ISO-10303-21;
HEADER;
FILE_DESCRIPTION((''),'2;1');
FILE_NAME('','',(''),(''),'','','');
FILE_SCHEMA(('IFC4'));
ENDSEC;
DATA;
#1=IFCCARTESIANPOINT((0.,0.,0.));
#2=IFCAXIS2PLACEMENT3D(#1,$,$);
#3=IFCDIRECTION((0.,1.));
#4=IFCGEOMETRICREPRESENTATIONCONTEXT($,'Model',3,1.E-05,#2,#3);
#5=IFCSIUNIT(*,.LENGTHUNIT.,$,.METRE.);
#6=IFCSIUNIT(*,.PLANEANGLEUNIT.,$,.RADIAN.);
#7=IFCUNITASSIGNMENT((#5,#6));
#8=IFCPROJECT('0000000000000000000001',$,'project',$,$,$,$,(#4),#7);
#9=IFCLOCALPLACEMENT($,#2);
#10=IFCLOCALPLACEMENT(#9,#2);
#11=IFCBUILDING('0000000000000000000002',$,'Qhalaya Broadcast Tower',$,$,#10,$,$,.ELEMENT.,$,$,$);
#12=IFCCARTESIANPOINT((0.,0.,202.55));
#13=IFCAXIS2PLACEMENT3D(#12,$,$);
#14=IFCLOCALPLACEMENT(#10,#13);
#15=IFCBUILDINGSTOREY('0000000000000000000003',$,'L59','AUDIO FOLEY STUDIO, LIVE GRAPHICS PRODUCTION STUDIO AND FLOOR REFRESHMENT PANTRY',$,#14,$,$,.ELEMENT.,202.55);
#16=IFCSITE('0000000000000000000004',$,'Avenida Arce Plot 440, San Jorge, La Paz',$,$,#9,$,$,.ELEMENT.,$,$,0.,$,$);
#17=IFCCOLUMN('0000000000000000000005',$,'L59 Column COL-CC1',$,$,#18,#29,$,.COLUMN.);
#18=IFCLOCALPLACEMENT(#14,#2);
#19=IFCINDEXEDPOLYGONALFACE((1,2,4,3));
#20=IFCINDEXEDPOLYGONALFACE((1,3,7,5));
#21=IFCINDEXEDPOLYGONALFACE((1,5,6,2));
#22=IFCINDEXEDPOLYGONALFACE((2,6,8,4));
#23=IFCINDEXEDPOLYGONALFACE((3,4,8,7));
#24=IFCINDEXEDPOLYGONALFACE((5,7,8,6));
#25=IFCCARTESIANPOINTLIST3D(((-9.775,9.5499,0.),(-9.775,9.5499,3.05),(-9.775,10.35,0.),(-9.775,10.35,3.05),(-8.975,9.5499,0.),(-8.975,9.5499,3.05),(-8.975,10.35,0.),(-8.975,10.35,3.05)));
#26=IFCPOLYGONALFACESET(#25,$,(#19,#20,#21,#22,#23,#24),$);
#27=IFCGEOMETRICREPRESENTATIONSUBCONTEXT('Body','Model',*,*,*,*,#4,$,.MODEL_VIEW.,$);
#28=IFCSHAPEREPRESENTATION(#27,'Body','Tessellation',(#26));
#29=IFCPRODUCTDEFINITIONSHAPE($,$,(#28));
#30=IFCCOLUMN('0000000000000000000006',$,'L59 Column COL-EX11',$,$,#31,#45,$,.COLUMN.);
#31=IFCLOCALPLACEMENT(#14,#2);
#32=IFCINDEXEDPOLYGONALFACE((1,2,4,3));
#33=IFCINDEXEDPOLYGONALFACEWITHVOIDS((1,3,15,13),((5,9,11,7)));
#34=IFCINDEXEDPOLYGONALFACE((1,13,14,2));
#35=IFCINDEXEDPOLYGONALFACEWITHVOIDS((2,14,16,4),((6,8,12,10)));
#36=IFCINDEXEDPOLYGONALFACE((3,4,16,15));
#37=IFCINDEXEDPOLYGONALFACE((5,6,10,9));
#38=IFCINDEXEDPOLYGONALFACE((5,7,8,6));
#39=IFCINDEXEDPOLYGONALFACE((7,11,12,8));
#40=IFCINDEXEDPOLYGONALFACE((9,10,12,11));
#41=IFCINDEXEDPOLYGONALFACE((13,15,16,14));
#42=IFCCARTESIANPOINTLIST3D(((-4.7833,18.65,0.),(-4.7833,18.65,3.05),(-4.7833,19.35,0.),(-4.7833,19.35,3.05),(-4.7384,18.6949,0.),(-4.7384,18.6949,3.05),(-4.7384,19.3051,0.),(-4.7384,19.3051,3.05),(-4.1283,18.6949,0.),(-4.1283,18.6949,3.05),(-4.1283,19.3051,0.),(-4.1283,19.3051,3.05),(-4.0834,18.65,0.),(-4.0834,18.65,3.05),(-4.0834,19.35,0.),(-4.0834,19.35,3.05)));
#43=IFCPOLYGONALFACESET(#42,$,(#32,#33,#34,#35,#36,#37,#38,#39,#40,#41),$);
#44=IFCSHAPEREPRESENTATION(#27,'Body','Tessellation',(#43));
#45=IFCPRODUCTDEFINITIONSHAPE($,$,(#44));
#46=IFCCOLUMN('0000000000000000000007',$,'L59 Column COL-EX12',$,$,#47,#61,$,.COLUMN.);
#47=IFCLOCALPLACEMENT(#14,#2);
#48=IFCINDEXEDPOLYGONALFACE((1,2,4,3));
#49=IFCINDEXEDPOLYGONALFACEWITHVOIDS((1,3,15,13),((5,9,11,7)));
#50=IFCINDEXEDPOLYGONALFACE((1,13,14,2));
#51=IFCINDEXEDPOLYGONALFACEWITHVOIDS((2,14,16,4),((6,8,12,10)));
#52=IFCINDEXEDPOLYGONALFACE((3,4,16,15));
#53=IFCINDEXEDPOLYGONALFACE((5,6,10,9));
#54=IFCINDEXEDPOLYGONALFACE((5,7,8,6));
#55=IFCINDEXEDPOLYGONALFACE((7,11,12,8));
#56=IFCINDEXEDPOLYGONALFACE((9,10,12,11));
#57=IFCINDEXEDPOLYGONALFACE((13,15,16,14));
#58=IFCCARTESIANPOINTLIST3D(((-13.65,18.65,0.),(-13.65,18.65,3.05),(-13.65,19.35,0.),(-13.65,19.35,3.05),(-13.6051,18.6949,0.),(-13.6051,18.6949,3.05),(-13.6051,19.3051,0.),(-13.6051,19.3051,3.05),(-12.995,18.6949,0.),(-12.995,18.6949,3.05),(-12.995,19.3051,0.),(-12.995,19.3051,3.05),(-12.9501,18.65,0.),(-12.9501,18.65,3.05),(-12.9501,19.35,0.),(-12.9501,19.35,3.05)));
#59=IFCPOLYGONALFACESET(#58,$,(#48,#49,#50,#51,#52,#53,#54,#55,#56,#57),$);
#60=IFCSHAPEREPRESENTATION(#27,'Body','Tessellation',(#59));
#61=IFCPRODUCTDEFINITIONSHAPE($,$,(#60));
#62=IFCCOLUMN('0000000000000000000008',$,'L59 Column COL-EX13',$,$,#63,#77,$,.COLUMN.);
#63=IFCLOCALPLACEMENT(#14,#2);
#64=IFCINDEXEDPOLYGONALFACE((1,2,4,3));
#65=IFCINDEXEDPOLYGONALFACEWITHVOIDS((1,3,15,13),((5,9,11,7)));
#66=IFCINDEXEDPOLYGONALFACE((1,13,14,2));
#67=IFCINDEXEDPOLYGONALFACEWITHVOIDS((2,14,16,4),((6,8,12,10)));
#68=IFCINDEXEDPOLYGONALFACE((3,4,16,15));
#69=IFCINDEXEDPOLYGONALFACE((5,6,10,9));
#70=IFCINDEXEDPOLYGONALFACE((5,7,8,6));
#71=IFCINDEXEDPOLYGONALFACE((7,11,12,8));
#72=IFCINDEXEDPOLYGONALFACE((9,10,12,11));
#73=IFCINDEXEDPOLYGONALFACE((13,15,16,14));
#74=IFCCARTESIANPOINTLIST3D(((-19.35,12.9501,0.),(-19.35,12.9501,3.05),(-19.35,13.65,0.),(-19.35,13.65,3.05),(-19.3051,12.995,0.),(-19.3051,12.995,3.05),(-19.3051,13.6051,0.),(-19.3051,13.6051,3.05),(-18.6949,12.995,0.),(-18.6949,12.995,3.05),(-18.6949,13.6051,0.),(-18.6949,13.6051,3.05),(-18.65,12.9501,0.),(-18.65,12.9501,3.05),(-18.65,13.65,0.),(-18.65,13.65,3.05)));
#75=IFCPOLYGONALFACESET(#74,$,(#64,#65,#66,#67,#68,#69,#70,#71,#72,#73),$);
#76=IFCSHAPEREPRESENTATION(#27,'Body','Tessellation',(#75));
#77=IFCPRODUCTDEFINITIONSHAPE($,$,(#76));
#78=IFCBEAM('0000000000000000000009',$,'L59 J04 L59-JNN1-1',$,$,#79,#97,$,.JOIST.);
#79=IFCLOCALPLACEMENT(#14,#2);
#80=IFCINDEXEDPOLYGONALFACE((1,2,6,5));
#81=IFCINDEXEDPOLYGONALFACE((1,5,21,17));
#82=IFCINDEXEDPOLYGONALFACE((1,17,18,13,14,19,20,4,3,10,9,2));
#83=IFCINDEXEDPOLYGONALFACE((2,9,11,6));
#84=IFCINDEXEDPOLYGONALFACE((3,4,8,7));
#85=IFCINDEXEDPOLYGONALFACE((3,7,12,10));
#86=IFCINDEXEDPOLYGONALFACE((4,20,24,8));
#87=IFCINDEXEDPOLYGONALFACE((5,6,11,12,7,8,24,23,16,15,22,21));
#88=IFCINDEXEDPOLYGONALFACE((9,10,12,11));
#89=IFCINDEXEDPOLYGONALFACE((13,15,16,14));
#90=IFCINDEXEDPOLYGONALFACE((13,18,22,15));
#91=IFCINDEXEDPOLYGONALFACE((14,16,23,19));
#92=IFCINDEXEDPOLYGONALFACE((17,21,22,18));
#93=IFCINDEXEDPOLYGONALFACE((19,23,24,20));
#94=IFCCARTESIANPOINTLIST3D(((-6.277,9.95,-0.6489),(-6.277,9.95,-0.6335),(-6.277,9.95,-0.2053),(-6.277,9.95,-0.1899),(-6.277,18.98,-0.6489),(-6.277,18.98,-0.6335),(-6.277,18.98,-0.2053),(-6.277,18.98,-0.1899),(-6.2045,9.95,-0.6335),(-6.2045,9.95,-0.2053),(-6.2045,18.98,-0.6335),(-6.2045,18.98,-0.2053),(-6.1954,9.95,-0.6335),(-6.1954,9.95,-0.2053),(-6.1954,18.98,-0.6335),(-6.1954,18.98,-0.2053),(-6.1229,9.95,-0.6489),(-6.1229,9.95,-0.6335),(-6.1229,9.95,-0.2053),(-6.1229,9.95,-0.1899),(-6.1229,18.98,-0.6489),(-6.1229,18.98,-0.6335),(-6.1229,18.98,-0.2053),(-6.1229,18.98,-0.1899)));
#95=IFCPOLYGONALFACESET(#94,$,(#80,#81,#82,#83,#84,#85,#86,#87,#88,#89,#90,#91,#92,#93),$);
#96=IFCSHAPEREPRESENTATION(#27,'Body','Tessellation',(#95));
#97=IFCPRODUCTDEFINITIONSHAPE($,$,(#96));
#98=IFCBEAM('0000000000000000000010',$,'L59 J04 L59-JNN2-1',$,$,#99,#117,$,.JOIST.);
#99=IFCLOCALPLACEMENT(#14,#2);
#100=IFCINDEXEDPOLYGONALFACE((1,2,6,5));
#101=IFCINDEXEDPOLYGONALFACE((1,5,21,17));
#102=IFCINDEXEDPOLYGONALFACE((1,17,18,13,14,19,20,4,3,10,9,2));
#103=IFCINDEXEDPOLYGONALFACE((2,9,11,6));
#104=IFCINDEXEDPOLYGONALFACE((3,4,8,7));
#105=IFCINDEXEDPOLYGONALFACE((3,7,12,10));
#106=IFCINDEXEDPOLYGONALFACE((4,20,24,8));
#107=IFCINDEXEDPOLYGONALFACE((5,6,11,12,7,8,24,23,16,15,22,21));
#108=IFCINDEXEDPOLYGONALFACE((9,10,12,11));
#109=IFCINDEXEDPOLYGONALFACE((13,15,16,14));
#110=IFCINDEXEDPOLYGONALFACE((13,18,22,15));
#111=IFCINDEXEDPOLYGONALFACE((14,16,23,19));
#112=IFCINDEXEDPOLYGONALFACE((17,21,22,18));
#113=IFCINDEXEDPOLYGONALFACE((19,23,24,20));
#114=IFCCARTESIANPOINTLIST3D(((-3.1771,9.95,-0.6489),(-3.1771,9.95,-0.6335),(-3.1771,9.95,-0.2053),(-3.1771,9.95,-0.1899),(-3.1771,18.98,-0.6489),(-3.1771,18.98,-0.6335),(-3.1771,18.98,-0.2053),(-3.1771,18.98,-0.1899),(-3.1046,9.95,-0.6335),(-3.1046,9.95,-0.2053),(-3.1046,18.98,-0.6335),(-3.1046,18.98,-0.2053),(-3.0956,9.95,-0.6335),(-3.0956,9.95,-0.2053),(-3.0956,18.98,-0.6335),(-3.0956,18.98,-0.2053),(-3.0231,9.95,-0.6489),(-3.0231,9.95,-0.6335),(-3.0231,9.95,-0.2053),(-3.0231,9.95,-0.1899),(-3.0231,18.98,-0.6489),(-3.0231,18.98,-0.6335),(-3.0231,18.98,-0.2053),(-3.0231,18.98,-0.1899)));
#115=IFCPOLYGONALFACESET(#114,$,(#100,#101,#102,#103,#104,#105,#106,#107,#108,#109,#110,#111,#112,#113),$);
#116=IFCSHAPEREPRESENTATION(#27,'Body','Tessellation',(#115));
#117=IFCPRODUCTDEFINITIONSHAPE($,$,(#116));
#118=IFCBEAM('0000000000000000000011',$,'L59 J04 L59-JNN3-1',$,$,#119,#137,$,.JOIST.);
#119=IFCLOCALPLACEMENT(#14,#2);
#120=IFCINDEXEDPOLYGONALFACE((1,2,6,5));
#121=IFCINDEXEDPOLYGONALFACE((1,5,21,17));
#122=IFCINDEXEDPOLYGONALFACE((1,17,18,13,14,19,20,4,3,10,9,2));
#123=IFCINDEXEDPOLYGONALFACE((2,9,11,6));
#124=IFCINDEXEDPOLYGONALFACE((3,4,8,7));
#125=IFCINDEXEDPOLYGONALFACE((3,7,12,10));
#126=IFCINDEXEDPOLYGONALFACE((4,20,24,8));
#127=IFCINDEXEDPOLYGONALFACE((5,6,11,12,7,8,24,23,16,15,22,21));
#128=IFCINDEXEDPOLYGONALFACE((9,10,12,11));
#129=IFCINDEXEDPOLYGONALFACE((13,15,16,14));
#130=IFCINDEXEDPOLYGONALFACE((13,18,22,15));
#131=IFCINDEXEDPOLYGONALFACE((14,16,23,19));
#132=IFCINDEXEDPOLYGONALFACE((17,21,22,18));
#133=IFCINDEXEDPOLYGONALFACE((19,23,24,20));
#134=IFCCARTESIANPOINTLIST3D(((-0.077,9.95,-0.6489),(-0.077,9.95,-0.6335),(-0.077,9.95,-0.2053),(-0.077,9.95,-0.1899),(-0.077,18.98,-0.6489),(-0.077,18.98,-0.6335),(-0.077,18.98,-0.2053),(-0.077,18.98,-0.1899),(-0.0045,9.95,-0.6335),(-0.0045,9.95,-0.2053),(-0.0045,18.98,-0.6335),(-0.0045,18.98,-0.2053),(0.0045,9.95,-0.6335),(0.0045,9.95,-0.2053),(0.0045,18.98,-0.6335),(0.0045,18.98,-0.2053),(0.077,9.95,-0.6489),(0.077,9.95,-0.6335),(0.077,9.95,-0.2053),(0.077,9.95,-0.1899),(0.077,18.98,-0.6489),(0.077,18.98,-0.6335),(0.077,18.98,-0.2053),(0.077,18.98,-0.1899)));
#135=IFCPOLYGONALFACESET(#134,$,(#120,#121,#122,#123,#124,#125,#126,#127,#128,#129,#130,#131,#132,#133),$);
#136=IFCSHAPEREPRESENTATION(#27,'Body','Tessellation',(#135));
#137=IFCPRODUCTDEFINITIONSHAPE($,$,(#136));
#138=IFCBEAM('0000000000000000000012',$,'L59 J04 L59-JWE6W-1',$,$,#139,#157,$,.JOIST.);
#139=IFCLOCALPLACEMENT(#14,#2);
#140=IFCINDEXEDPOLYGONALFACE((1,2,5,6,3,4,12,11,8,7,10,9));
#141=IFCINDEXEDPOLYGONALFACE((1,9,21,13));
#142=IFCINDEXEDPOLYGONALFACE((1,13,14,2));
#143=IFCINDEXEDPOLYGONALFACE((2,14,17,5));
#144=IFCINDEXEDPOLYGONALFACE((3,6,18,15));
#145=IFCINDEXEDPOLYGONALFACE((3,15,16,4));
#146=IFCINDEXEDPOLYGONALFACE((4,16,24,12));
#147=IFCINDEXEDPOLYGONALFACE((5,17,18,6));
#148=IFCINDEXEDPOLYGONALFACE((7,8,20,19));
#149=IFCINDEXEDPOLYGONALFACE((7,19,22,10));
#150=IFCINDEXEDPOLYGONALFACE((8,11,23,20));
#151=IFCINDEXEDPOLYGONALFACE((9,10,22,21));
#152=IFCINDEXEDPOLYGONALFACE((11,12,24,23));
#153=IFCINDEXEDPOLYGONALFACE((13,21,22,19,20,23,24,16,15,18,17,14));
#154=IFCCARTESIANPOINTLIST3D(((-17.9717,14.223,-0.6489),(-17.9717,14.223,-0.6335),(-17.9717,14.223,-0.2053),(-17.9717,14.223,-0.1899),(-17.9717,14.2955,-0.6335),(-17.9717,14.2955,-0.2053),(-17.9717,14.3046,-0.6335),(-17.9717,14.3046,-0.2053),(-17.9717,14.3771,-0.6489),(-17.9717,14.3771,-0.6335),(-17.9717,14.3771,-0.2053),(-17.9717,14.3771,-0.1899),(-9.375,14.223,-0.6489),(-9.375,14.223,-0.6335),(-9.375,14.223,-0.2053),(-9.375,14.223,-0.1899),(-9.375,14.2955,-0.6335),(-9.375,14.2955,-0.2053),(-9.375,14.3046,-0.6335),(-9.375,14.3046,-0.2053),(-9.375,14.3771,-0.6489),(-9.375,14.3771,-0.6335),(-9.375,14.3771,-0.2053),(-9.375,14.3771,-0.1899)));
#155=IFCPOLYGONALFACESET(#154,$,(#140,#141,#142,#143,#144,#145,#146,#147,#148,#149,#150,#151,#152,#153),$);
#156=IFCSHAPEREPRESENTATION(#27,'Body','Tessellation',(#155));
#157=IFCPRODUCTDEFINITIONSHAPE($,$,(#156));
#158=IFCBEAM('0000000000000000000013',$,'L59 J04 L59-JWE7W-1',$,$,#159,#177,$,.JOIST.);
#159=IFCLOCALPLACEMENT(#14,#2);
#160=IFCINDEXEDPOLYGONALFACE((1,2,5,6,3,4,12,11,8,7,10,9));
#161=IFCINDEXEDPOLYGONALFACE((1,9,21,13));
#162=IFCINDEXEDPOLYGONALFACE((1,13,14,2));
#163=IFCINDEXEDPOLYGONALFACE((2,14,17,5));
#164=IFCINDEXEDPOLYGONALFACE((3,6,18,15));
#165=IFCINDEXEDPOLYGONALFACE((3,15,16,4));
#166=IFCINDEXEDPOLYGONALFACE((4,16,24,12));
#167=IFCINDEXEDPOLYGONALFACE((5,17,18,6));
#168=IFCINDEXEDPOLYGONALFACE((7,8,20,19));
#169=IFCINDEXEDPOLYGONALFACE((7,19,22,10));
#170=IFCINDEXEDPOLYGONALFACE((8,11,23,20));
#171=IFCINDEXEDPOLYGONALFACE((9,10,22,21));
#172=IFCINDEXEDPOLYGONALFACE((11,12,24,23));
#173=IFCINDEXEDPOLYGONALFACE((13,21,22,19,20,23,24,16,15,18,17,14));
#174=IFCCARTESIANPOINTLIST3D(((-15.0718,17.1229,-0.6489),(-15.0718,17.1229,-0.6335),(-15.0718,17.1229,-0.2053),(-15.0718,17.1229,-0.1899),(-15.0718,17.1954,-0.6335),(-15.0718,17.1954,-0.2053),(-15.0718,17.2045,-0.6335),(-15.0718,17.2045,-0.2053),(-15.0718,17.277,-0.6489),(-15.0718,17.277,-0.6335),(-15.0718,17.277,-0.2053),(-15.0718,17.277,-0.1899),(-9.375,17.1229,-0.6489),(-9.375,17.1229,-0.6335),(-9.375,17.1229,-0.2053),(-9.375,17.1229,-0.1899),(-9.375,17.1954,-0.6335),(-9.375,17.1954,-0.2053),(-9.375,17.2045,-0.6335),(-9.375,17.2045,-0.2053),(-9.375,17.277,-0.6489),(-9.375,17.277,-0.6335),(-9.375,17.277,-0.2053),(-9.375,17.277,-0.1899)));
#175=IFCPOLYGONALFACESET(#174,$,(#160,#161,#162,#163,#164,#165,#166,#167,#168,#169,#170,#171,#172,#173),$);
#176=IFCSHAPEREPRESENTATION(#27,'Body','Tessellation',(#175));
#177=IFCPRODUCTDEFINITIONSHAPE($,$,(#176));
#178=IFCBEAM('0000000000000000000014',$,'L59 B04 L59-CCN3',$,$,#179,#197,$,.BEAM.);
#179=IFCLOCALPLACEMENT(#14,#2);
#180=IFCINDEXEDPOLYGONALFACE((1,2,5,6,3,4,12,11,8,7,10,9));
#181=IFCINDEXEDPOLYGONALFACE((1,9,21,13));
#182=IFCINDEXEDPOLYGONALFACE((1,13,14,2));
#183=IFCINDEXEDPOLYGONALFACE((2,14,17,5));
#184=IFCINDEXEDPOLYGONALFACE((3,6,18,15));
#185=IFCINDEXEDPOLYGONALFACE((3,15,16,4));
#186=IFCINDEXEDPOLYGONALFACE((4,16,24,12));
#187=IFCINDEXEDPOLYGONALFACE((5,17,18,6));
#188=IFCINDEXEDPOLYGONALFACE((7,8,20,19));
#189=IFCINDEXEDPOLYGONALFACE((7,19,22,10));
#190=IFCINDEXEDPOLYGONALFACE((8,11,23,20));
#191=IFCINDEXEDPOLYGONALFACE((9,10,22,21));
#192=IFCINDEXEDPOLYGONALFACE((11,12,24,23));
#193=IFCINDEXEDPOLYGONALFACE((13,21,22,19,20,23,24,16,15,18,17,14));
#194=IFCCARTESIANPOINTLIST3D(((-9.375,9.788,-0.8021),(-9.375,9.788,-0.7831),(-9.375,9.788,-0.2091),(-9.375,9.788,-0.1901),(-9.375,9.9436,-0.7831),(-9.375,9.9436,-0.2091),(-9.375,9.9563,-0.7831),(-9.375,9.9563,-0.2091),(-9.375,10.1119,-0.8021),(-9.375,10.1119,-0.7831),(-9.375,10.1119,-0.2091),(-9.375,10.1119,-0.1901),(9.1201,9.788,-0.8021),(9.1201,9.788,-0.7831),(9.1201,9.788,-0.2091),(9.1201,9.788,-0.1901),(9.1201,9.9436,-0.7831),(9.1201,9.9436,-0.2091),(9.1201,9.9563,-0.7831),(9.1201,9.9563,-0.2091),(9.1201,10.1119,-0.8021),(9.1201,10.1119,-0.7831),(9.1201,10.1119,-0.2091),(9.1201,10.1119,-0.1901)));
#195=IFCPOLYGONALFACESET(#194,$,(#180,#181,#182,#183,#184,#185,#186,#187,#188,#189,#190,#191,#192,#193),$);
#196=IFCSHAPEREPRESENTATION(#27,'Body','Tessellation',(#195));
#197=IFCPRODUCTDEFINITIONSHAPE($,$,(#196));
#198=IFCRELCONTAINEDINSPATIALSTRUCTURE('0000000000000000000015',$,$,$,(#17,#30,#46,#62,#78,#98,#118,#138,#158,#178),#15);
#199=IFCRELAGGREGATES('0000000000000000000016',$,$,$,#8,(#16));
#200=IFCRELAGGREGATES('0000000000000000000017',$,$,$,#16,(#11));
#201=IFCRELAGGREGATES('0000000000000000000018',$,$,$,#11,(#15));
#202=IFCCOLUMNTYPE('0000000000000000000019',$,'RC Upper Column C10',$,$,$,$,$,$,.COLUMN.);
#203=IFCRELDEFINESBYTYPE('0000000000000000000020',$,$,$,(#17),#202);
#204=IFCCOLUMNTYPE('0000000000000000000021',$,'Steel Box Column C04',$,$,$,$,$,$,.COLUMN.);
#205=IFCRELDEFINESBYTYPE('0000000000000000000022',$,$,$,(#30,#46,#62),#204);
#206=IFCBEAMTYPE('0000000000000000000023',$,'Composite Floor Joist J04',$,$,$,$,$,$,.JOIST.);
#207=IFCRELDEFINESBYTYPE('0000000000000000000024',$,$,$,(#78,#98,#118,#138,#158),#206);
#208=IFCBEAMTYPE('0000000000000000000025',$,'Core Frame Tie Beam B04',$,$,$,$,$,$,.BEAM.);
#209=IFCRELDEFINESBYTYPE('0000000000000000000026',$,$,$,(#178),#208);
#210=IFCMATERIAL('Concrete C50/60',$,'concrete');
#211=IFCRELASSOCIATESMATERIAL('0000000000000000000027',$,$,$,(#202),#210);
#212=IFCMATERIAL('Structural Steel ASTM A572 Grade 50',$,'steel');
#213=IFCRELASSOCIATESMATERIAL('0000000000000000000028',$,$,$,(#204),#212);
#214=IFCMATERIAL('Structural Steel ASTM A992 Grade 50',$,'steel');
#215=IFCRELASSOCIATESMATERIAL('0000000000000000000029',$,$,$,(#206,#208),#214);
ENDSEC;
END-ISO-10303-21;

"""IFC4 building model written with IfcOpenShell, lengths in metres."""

from ifc_helpers import new_model, si_unit, direction, frame, origin, origin_2d, place, context, subcontext, project, spatial, rectangle, hollow_rectangle, i_section, extrude, material, material_profile, profile_set, type_object, element, save


model = new_model("IFC4")

# Units and contexts
model_context = context("Model", 3, precision=1e-05, world=origin(), true_north=direction((0.0, 1.0)))
body_context = subcontext(model_context, "Body", "Model", "MODEL_VIEW")
ifc_project = project(units=[si_unit("LENGTHUNIT", "METRE"), si_unit("PLANEANGLEUNIT", "RADIAN")], contexts=[model_context])

# Site, building, storey
site_placement = place(None, origin())
site = spatial("IfcSite", under=ifc_project, at=site_placement, Name="Avenida Arce Plot 440, San Jorge, La Paz", CompositionType="ELEMENT", RefElevation=0.0)
building_placement = place(site_placement, origin())
building = spatial("IfcBuilding", under=site, at=building_placement, Name="Qhalaya Broadcast Tower", CompositionType="ELEMENT")
storey_placement = place(building_placement, frame((0.0, 0.0, 202.55)))
storey = spatial("IfcBuildingStorey", under=building, at=storey_placement, Name="L59", Description="AUDIO FOLEY STUDIO, LIVE GRAPHICS PRODUCTION STUDIO AND FLOOR REFRESHMENT PANTRY", CompositionType="ELEMENT", Elevation=202.55)

# Columns
ifc_material_1 = material(Name="Concrete C50/60", Category="concrete")
ifc_material_profile_1 = material_profile(ifc_material_1, rectangle(XDim=0.8, YDim=0.8, at=origin_2d()), Name="RC-COL 800x800")
ifc_profile_set_1 = profile_set([ifc_material_profile_1], Name="Concrete C50/60")
column_type_1 = type_object("IfcColumnType", Name="RC Upper Column C10", PredefinedType="COLUMN", material=ifc_profile_set_1)
column_placement = place(storey_placement, frame((-9.375, 9.95, 0.0), z_axis=(0.0, 0.0, 1.0), x_axis=(1.0, 0.0, 0.0)))
element("IfcColumn", 1, at=column_placement, inside=storey, type_object=column_type_1, Name="L59 Column COL-CC1", PredefinedType="COLUMN", context=body_context, shape_type="SweptSolid", body=[
    extrude(rectangle(XDim=0.8, YDim=0.8, at=origin_2d()), origin(), (0.0, 0.0, 1.0), 3.05),
])
ifc_material_2 = material(Name="Structural Steel ASTM A572 Grade 50", Category="steel")
ifc_material_profile_2 = material_profile(ifc_material_2, hollow_rectangle(XDim=0.7, YDim=0.7, WallThickness=0.0449, at=origin_2d()), Name="BOX 700x700x45")
ifc_profile_set_2 = profile_set([ifc_material_profile_2], Name="Structural Steel ASTM A572 Grade 50")
column_type_2 = type_object("IfcColumnType", Name="Steel Box Column C04", PredefinedType="COLUMN", material=ifc_profile_set_2)
for number, where, z_axis, x_axis, name in (
    (2, (-4.4333, 19.0, 0.0), (0.0, 0.0, 1.0), (1.0, 0.0, 0.0), "L59 Column COL-EX11"),
    (3, (-13.3, 19.0, 0.0), (0.0, 0.0, 1.0), (1.0, 0.0, 0.0), "L59 Column COL-EX12"),
    (4, (-19.0, 13.3, 0.0), (0.0, 0.0, 1.0), (0.0, 1.0, 0.0), "L59 Column COL-EX13"),
):
    element("IfcColumn", number, at=place(storey_placement, frame(where, z_axis=z_axis, x_axis=x_axis)), inside=storey, type_object=column_type_2, Name=name, PredefinedType="COLUMN", context=body_context, shape_type="SweptSolid", body=[
        extrude(hollow_rectangle(XDim=0.7, YDim=0.7, WallThickness=0.0449, at=origin_2d()), origin(), (0.0, 0.0, 1.0), 3.05),
    ])

# Beams
ifc_material_3 = material(Name="Structural Steel ASTM A992 Grade 50", Category="steel")
ifc_material_profile_3 = material_profile(ifc_material_3, i_section(OverallWidth=0.1541, OverallDepth=0.459, WebThickness=0.009, FlangeThickness=0.0154, at=origin_2d()), Name="W18X46")
ifc_profile_set_3 = profile_set([ifc_material_profile_3], Name="Structural Steel ASTM A992 Grade 50")
beam_type_1 = type_object("IfcBeamType", Name="Composite Floor Joist J04", PredefinedType="JOIST", material=ifc_profile_set_3)
for number, where, z_axis, x_axis, name in (
    (5, (-6.2, 9.95, -0.4194), (0.0, 1.0, 0.0), (-1.0, 0.0, 0.0), "L59 J04 L59-JNN1-1"),
    (6, (-3.1001, 9.95, -0.4194), (0.0, 1.0, 0.0), (-1.0, 0.0, 0.0), "L59 J04 L59-JNN2-1"),
    (7, (0.0, 9.95, -0.4194), (0.0, 1.0, 0.0), (-1.0, 0.0, 0.0), "L59 J04 L59-JNN3-1"),
):
    element("IfcBeam", number, at=place(storey_placement, frame(where, z_axis=z_axis, x_axis=x_axis)), inside=storey, type_object=beam_type_1, Name=name, PredefinedType="JOIST", context=body_context, shape_type="SweptSolid", body=[
        extrude(i_section(OverallWidth=0.1541, OverallDepth=0.459, WebThickness=0.009, FlangeThickness=0.0154, at=origin_2d()), origin(), (0.0, 0.0, 1.0), 9.03),
    ])
beam_1_placement = place(storey_placement, frame((-17.9717, 14.3, -0.4194), z_axis=(1.0, 0.0, 0.0), x_axis=(0.0, 1.0, 0.0)))
element("IfcBeam", 8, at=beam_1_placement, inside=storey, type_object=beam_type_1, Name="L59 J04 L59-JWE6W-1", PredefinedType="JOIST", context=body_context, shape_type="SweptSolid", body=[
    extrude(i_section(OverallWidth=0.1541, OverallDepth=0.459, WebThickness=0.009, FlangeThickness=0.0154, at=origin_2d()), origin(), (0.0, 0.0, 1.0), 8.5967),
])
beam_2_placement = place(storey_placement, frame((-15.0718, 17.2, -0.4194), z_axis=(1.0, 0.0, 0.0), x_axis=(0.0, 1.0, 0.0)))
element("IfcBeam", 9, at=beam_2_placement, inside=storey, type_object=beam_type_1, Name="L59 J04 L59-JWE7W-1", PredefinedType="JOIST", context=body_context, shape_type="SweptSolid", body=[
    extrude(i_section(OverallWidth=0.1541, OverallDepth=0.459, WebThickness=0.009, FlangeThickness=0.0154, at=origin_2d()), origin(), (0.0, 0.0, 1.0), 5.6968),
])
ifc_material_profile_4 = material_profile(ifc_material_3, i_section(OverallWidth=0.324, OverallDepth=0.6121, WebThickness=0.0127, FlangeThickness=0.019, at=origin_2d()), Name="W24X104")
ifc_profile_set_4 = profile_set([ifc_material_profile_4], Name="Structural Steel ASTM A992 Grade 50")
beam_type_2 = type_object("IfcBeamType", Name="Core Frame Tie Beam B04", PredefinedType="BEAM", material=ifc_profile_set_4)
beam_3_placement = place(storey_placement, frame((-9.375, 9.95, -0.4961), z_axis=(1.0, 0.0, 0.0), x_axis=(0.0, 1.0, 0.0)))
element("IfcBeam", 10, at=beam_3_placement, inside=storey, type_object=beam_type_2, Name="L59 B04 L59-CCN3", PredefinedType="BEAM", context=body_context, shape_type="SweptSolid", body=[
    extrude(i_section(OverallWidth=0.324, OverallDepth=0.6121, WebThickness=0.0127, FlangeThickness=0.019, at=origin_2d()), origin(), (0.0, 0.0, 1.0), 18.4951),
])

save(model, "model.ifc")
